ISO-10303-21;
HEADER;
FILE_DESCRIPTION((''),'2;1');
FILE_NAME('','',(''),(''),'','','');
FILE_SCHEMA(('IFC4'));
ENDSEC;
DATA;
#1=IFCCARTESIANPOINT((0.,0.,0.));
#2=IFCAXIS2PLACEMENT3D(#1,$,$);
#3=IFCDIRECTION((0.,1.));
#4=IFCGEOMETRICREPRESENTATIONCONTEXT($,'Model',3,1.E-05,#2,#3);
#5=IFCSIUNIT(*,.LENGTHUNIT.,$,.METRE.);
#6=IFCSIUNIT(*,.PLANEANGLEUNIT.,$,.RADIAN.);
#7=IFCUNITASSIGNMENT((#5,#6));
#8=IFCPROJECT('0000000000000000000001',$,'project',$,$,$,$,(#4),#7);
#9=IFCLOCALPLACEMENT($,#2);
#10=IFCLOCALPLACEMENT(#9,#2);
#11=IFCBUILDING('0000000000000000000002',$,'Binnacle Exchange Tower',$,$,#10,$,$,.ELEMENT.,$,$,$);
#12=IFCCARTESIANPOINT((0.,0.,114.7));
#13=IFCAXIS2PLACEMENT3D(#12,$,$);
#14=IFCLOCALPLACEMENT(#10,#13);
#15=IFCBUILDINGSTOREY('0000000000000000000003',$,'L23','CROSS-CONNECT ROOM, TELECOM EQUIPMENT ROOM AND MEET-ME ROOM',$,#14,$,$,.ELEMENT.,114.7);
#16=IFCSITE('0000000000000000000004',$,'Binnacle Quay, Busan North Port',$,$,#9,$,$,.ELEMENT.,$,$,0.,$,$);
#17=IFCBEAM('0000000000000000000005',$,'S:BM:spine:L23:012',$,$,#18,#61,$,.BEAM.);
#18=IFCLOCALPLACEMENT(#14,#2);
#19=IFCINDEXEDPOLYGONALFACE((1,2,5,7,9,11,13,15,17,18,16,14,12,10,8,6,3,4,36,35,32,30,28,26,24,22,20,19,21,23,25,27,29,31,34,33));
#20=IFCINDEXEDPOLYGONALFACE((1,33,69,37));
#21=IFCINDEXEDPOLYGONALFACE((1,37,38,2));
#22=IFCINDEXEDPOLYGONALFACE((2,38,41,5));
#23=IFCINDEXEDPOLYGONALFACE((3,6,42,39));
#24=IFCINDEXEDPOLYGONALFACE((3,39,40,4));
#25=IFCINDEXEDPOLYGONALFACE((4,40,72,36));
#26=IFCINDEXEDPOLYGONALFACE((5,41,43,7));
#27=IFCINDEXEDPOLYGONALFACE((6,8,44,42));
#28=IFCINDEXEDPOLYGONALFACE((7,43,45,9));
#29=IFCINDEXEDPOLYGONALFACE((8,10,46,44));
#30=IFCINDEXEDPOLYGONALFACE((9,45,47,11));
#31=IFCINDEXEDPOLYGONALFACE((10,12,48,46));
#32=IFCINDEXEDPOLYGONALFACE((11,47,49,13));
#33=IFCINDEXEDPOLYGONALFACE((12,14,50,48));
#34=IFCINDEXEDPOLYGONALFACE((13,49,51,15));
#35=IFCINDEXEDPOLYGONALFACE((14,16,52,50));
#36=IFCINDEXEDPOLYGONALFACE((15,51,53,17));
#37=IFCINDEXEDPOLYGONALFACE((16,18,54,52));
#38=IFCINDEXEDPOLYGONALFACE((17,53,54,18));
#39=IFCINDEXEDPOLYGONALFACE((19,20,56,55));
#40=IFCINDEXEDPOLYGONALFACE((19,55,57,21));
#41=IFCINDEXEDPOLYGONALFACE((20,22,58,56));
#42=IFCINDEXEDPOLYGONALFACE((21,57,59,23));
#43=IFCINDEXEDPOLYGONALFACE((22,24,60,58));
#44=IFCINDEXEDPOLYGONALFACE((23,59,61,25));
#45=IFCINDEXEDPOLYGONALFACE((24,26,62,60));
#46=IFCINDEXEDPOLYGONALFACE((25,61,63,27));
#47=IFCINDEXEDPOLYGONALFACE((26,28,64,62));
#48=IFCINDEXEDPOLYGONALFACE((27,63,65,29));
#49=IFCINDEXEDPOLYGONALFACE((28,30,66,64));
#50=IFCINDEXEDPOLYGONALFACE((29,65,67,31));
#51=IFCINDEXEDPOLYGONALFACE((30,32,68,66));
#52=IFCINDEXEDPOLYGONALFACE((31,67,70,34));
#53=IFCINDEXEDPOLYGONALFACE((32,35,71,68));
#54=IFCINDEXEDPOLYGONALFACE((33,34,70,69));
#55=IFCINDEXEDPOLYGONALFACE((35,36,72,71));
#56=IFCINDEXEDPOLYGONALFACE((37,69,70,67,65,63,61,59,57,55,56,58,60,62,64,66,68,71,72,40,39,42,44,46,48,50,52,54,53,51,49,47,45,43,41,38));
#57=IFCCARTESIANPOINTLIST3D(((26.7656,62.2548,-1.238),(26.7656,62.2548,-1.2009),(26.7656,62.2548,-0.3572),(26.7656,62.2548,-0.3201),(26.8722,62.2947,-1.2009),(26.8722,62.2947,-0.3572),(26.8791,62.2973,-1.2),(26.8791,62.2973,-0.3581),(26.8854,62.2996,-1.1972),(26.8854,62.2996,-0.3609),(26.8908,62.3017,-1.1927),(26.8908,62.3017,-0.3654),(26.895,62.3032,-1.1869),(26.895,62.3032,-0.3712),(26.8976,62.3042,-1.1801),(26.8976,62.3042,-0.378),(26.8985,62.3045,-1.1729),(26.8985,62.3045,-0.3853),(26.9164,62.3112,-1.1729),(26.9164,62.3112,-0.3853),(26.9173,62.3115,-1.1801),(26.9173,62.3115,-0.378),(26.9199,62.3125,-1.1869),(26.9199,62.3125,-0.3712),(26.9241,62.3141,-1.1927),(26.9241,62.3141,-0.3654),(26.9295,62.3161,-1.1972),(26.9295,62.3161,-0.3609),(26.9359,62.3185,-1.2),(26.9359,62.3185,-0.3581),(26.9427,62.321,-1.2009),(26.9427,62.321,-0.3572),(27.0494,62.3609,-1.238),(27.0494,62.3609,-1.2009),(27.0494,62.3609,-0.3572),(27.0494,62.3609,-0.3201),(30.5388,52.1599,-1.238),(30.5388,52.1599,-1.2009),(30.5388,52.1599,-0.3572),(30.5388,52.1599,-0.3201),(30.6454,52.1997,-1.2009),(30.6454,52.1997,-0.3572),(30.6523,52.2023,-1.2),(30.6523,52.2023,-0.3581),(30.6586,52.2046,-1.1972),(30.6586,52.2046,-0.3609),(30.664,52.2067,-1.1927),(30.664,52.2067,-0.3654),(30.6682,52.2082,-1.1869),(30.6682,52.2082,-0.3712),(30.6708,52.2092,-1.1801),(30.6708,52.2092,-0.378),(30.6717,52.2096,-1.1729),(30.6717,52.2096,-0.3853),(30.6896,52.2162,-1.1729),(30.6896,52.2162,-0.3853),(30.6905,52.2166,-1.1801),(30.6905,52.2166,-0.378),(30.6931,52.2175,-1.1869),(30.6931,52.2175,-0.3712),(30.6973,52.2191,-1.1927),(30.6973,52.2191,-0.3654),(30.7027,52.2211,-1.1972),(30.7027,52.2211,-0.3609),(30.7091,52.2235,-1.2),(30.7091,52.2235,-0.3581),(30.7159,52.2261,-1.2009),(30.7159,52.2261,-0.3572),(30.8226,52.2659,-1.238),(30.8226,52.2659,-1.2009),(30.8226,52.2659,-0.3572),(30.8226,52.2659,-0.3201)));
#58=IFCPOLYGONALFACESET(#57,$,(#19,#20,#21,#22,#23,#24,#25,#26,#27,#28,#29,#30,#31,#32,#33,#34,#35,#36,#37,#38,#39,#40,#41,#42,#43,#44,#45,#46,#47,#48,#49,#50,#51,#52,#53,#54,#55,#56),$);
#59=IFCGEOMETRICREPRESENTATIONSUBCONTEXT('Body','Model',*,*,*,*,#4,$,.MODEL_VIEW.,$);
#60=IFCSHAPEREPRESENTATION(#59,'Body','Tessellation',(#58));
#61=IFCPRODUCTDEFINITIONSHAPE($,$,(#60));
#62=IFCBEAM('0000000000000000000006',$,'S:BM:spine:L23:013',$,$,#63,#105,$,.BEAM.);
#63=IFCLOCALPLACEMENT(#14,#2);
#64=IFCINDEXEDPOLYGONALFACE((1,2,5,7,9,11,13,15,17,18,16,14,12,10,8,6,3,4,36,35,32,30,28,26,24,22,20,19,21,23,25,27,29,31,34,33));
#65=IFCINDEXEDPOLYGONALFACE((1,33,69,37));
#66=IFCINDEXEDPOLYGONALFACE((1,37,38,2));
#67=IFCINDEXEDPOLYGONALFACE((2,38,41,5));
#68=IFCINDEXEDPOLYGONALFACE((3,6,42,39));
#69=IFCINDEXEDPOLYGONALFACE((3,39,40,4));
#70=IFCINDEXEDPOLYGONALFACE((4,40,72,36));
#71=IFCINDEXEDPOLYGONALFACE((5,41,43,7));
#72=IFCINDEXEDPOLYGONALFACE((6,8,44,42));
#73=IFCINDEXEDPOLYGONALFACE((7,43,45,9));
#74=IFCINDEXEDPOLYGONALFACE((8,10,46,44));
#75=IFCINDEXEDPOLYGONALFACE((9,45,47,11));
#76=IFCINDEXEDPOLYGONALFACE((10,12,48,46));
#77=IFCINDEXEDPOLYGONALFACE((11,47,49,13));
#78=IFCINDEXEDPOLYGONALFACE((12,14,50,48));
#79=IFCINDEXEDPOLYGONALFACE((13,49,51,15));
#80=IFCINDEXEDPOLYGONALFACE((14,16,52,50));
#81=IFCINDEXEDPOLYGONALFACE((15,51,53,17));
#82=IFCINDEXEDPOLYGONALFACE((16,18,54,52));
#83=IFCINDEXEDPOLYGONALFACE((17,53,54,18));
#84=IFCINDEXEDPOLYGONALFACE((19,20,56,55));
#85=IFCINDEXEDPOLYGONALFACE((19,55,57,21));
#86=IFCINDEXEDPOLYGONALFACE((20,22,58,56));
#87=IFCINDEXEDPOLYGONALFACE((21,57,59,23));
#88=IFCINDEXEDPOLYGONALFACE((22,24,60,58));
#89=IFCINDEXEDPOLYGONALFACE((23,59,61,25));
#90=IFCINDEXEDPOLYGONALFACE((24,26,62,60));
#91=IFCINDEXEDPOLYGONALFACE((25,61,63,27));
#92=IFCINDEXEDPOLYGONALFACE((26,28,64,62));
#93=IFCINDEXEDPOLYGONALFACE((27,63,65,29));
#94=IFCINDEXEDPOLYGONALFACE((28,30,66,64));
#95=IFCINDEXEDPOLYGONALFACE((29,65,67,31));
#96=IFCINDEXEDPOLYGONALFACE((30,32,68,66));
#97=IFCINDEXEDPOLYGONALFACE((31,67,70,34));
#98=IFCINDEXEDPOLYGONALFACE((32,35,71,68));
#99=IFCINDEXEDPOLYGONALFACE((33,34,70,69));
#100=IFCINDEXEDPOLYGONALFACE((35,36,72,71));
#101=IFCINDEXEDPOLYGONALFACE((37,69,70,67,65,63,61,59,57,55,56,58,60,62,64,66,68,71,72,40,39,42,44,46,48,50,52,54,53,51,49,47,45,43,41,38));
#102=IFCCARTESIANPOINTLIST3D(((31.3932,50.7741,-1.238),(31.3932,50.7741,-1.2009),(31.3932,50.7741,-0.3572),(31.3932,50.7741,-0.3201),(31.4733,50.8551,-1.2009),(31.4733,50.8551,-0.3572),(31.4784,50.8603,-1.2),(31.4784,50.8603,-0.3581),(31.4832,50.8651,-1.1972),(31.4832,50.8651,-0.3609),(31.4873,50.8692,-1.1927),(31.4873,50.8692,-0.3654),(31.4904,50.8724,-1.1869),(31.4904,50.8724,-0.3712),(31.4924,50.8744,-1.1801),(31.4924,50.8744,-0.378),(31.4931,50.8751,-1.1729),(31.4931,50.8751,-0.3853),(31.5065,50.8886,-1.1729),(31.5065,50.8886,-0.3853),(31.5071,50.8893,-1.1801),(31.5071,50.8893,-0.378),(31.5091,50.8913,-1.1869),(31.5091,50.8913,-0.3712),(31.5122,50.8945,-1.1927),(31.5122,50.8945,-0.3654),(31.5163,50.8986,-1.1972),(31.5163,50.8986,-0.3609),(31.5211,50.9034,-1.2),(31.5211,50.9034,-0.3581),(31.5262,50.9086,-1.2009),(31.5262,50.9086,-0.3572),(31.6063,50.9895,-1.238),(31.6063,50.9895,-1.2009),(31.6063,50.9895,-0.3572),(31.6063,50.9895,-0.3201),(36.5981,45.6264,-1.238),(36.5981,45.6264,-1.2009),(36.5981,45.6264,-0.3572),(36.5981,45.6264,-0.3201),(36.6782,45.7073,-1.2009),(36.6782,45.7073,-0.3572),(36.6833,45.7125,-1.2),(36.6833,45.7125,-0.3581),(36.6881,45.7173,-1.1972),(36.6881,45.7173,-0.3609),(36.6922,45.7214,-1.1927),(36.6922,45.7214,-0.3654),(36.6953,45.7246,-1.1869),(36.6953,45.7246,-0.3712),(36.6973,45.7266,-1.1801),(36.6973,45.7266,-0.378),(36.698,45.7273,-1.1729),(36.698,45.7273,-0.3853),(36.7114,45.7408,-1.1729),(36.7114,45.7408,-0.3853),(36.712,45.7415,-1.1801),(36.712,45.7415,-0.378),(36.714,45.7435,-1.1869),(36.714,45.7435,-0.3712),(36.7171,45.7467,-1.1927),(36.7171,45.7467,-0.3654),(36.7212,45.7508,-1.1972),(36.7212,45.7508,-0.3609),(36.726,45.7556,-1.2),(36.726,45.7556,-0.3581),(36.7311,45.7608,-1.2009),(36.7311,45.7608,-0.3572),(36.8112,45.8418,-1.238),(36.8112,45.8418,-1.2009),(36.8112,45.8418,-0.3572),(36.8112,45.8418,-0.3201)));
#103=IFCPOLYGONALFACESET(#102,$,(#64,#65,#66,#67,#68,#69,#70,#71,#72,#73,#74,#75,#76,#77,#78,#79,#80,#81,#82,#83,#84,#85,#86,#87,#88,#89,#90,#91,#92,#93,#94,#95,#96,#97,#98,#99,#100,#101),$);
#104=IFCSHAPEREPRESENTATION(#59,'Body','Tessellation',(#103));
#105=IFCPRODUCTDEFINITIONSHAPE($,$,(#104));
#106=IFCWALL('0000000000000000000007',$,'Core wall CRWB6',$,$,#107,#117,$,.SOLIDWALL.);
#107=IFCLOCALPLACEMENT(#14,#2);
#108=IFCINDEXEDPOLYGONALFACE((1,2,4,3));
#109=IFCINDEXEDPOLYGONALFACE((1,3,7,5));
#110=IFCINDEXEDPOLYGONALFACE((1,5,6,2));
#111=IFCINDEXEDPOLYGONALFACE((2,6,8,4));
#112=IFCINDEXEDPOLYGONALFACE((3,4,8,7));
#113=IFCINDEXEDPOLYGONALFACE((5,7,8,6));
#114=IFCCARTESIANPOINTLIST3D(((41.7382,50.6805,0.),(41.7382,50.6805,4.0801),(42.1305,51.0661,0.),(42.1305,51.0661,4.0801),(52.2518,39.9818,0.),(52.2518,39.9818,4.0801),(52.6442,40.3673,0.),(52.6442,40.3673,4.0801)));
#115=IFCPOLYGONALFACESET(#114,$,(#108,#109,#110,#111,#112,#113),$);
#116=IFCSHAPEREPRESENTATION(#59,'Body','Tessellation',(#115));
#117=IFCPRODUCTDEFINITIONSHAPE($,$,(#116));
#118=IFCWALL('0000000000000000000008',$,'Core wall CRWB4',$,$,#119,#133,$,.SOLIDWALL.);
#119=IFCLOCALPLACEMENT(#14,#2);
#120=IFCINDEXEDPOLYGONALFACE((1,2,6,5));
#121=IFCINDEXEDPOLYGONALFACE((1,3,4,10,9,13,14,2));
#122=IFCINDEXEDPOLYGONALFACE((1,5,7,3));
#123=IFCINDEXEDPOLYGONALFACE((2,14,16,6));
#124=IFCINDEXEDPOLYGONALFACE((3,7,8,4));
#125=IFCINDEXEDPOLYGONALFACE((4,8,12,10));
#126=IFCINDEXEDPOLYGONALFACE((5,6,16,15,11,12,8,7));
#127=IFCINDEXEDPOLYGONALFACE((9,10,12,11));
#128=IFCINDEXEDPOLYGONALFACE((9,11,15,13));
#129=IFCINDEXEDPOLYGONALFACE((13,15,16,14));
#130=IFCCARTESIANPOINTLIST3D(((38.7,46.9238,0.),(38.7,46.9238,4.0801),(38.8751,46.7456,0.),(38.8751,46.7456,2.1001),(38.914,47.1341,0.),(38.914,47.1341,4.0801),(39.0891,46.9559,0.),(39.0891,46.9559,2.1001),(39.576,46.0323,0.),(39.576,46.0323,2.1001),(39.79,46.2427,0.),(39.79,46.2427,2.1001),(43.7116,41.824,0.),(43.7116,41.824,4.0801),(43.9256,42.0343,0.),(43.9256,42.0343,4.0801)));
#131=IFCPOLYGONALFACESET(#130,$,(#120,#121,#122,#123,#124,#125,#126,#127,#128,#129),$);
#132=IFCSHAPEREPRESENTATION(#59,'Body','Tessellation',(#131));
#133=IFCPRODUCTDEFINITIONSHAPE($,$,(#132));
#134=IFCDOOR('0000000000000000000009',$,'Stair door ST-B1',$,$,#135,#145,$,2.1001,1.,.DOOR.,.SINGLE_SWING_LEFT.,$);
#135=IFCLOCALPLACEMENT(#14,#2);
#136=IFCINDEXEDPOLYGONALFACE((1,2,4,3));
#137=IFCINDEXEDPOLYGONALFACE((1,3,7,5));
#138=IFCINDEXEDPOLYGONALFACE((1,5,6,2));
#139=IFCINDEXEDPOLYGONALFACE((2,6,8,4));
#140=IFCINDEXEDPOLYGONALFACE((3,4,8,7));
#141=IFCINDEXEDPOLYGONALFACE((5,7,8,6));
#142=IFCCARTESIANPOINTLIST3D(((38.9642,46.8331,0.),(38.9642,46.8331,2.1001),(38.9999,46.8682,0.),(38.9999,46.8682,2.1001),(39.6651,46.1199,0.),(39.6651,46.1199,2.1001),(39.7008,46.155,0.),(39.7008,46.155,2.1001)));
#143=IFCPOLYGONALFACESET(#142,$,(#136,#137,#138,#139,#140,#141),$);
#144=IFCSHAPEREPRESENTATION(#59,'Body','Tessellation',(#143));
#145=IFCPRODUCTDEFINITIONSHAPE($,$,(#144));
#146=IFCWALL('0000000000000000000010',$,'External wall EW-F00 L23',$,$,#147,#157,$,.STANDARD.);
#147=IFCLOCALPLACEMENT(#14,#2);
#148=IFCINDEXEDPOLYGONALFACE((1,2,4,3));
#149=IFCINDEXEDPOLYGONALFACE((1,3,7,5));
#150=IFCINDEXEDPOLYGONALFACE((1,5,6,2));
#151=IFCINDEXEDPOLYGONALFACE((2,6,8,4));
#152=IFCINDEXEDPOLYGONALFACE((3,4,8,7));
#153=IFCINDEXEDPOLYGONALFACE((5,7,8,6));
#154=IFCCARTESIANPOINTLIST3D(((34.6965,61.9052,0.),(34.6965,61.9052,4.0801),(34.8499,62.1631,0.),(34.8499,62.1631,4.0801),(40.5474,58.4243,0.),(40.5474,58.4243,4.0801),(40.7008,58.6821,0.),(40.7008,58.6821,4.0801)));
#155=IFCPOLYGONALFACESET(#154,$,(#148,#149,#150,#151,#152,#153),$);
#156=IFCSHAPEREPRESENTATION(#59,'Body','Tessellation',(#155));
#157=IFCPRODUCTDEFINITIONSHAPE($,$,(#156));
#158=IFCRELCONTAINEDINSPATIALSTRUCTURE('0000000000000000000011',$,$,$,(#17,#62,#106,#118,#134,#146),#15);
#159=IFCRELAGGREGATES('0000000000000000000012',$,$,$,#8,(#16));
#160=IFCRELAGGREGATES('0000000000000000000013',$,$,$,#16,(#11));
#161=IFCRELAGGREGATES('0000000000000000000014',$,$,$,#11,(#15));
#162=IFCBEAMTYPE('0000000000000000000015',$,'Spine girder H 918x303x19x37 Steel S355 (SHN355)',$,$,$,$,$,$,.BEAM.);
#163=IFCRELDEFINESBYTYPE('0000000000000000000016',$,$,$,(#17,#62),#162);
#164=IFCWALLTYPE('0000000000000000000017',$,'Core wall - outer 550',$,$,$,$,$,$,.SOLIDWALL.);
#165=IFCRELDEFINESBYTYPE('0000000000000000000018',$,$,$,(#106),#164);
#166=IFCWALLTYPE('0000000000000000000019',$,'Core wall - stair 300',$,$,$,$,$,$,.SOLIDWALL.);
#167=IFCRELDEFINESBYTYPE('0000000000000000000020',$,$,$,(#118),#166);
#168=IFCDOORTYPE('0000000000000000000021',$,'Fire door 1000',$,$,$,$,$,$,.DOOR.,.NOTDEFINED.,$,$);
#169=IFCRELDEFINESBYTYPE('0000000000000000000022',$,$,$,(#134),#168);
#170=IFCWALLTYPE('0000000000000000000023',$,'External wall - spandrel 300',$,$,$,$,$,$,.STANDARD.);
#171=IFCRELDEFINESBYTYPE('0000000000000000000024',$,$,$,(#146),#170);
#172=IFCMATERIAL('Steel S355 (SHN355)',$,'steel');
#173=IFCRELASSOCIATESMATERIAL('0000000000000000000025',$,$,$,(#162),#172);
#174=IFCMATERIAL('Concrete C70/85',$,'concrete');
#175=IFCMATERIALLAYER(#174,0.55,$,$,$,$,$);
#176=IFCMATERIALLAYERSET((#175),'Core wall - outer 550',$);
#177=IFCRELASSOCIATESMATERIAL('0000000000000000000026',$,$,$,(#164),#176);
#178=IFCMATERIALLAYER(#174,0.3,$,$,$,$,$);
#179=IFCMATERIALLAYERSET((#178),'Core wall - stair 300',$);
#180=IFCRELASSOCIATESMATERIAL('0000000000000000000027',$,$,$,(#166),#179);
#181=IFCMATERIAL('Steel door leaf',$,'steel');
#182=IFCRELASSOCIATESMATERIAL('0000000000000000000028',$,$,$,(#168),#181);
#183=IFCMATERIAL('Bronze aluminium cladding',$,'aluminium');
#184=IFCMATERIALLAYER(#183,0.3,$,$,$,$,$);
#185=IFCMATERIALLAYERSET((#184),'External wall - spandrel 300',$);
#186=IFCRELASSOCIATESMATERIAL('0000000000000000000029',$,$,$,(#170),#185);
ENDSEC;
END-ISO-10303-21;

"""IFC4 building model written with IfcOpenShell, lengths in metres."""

from ifc_helpers import new_model, si_unit, direction, frame, frame_2d, origin, origin_2d, place, context, subcontext, project, spatial, rectangle, i_section, extrude, material, layer, layer_set, material_profile, profile_set, type_object, element, fill, save


model = new_model("IFC4")

# Units and contexts
model_context = context("Model", 3, precision=1e-05, world=origin(), true_north=direction((0.0, 1.0)))
body_context = subcontext(model_context, "Body", "Model", "MODEL_VIEW")
ifc_project = project(units=[si_unit("LENGTHUNIT", "METRE"), si_unit("PLANEANGLEUNIT", "RADIAN")], contexts=[model_context])

# Site, building, storey
site_placement = place(None, origin())
site = spatial("IfcSite", under=ifc_project, at=site_placement, Name="Binnacle Quay, Busan North Port", CompositionType="ELEMENT", RefElevation=0.0)
building_placement = place(site_placement, origin())
building = spatial("IfcBuilding", under=site, at=building_placement, Name="Binnacle Exchange Tower", CompositionType="ELEMENT")
storey_placement = place(building_placement, frame((0.0, 0.0, 114.7)))
storey = spatial("IfcBuildingStorey", under=building, at=storey_placement, Name="L23", Description="CROSS-CONNECT ROOM, TELECOM EQUIPMENT ROOM AND MEET-ME ROOM", CompositionType="ELEMENT", Elevation=114.7)

# Shared definitions
ifc_material_1 = material(Name="Concrete C70/85", Category="concrete")

# Beams
ifc_material_2 = material(Name="Steel S355 (SHN355)", Category="steel")
ifc_material_profile_1 = material_profile(ifc_material_2, i_section(OverallWidth=0.303, OverallDepth=0.918, WebThickness=0.019, FlangeThickness=0.0371, FilletRadius=0.0281, at=origin_2d()), Name="H 918x303x19x37")
ifc_profile_set_1 = profile_set([ifc_material_profile_1], Name="Steel S355 (SHN355)")
beam_type_1 = type_object("IfcBeamType", Name="Spine girder H 918x303x19x37 Steel S355 (SHN355)", PredefinedType="BEAM", material=ifc_profile_set_1)
beam_1_placement = place(storey_placement, frame((30.6807, 52.2129, -0.7791), z_axis=(-0.350113, 0.936708, 0.0), x_axis=(-0.936708, -0.350113, 0.0)))
element("IfcBeam", 1, at=beam_1_placement, inside=storey, type_object=beam_type_1, Name="S:BM:spine:L23:012", PredefinedType="BEAM", context=body_context, shape_type="SweptSolid", body=[
    extrude(i_section(OverallWidth=0.303, OverallDepth=0.918, WebThickness=0.019, FlangeThickness=0.0371, FilletRadius=0.0281, at=origin_2d()), origin(), (0.0, 0.0, 1.0), 10.7771),
])
beam_2_placement = place(storey_placement, frame((31.4998, 50.8818, -0.7791), z_axis=(0.710998, -0.703194, 0.0), x_axis=(0.703194, 0.710998, 0.0)))
element("IfcBeam", 2, at=beam_2_placement, inside=storey, type_object=beam_type_1, Name="S:BM:spine:L23:013", PredefinedType="BEAM", context=body_context, shape_type="SweptSolid", body=[
    extrude(i_section(OverallWidth=0.303, OverallDepth=0.918, WebThickness=0.019, FlangeThickness=0.0371, FilletRadius=0.0281, at=origin_2d()), origin(), (0.0, 0.0, 1.0), 7.3206),
])

# Wall
ifc_layer_1 = layer(ifc_material_1, 0.55)
ifc_layer_set_1 = layer_set([ifc_layer_1], Name="Core wall - outer 550")
wall_type_1 = type_object("IfcWallType", Name="Core wall - outer 550", PredefinedType="SOLIDWALL", material=ifc_layer_set_1)
wall_1_placement = place(storey_placement, frame((41.9343, 50.8733, 0.0), z_axis=(0.0, 0.0, 1.0), x_axis=(0.700911, -0.713248, 0.0)))
element("IfcWall", 3, at=wall_1_placement, inside=storey, type_object=wall_type_1, Name="Core wall CRWB6", PredefinedType="SOLIDWALL", context=body_context, shape_type="SweptSolid", body=[
    extrude(rectangle(XDim=15.0, YDim=0.55, at=frame_2d((7.5, 0.0))), origin(), (0.0, 0.0, 1.0), 4.0801),
])

# Wall, opening, door
ifc_layer_2 = layer(ifc_material_1, 0.3)
ifc_layer_set_2 = layer_set([ifc_layer_2], Name="Core wall - stair 300")
wall_type_2 = type_object("IfcWallType", Name="Core wall - stair 300", PredefinedType="SOLIDWALL", material=ifc_layer_set_2)
wall_2_placement = place(storey_placement, frame((38.8069, 47.0291, 0.0), z_axis=(0.0, 0.0, 1.0), x_axis=(0.700917, -0.713243, 0.0)))
wall_2 = element("IfcWall", 4, at=wall_2_placement, inside=storey, type_object=wall_type_2, Name="Core wall CRWB4", PredefinedType="SOLIDWALL", context=body_context, shape_type="SweptSolid", body=[
    extrude(rectangle(XDim=7.1501, YDim=0.3, at=frame_2d((3.5752, 0.0))), origin(), (0.0, 0.0, 1.0), 4.0801),
])
opening_1_placement = place(wall_2_placement, frame((0.25, 0.0, 0.0)))
opening_1 = element("IfcOpeningElement", 5, at=opening_1_placement, cuts=wall_2, PredefinedType="OPENING", context=body_context, shape_type="SweptSolid", body=[
    extrude(rectangle(XDim=1.0, YDim=2.1001, at=frame_2d((0.5, 1.05))), frame((0.0, 0.1599, 0.0), z_axis=(0.0, -1.0, 0.0), x_axis=(1.0, 0.0, 0.0)), (0.0, 0.0, 1.0), 0.3201),
])
ifc_material_3 = material(Name="Steel door leaf", Category="steel")
door_type = type_object("IfcDoorType", Name="Fire door 1000", OperationType="NOTDEFINED", PredefinedType="DOOR", material=ifc_material_3)
door_placement = place(opening_1_placement, origin())
door = element("IfcDoor", 6, at=door_placement, inside=storey, type_object=door_type, Name="Stair door ST-B1", OperationType="SINGLE_SWING_LEFT", OverallHeight=2.1001, OverallWidth=1.0, PredefinedType="DOOR", context=body_context, shape_type="SweptSolid", body=[
    extrude(rectangle(XDim=1.0, YDim=2.1001, at=frame_2d((0.5, 1.05))), frame((0.0, 0.0249, 0.0), z_axis=(0.0, -1.0, 0.0), x_axis=(1.0, 0.0, 0.0)), (0.0, 0.0, 1.0), 0.05),
])
fill(opening_1, door)

# Wall
ifc_material_4 = material(Name="Bronze aluminium cladding", Category="aluminium")
ifc_layer_3 = layer(ifc_material_4, 0.3)
ifc_layer_set_3 = layer_set([ifc_layer_3], Name="External wall - spandrel 300")
wall_type_3 = type_object("IfcWallType", Name="External wall - spandrel 300", PredefinedType="STANDARD", material=ifc_layer_set_3)
wall_3_placement = place(storey_placement, frame((34.7732, 62.0342, 0.0), z_axis=(0.0, 0.0, 1.0), x_axis=(0.859401, -0.511302, 0.0)))
element("IfcWall", 7, at=wall_3_placement, inside=storey, type_object=wall_type_3, Name="External wall EW-F00 L23", PredefinedType="STANDARD", context=body_context, shape_type="SweptSolid", body=[
    extrude(rectangle(XDim=6.8081, YDim=0.3, at=frame_2d((3.4041, 0.0))), origin(), (0.0, 0.0, 1.0), 4.0801),
])

save(model, "model.ifc")
